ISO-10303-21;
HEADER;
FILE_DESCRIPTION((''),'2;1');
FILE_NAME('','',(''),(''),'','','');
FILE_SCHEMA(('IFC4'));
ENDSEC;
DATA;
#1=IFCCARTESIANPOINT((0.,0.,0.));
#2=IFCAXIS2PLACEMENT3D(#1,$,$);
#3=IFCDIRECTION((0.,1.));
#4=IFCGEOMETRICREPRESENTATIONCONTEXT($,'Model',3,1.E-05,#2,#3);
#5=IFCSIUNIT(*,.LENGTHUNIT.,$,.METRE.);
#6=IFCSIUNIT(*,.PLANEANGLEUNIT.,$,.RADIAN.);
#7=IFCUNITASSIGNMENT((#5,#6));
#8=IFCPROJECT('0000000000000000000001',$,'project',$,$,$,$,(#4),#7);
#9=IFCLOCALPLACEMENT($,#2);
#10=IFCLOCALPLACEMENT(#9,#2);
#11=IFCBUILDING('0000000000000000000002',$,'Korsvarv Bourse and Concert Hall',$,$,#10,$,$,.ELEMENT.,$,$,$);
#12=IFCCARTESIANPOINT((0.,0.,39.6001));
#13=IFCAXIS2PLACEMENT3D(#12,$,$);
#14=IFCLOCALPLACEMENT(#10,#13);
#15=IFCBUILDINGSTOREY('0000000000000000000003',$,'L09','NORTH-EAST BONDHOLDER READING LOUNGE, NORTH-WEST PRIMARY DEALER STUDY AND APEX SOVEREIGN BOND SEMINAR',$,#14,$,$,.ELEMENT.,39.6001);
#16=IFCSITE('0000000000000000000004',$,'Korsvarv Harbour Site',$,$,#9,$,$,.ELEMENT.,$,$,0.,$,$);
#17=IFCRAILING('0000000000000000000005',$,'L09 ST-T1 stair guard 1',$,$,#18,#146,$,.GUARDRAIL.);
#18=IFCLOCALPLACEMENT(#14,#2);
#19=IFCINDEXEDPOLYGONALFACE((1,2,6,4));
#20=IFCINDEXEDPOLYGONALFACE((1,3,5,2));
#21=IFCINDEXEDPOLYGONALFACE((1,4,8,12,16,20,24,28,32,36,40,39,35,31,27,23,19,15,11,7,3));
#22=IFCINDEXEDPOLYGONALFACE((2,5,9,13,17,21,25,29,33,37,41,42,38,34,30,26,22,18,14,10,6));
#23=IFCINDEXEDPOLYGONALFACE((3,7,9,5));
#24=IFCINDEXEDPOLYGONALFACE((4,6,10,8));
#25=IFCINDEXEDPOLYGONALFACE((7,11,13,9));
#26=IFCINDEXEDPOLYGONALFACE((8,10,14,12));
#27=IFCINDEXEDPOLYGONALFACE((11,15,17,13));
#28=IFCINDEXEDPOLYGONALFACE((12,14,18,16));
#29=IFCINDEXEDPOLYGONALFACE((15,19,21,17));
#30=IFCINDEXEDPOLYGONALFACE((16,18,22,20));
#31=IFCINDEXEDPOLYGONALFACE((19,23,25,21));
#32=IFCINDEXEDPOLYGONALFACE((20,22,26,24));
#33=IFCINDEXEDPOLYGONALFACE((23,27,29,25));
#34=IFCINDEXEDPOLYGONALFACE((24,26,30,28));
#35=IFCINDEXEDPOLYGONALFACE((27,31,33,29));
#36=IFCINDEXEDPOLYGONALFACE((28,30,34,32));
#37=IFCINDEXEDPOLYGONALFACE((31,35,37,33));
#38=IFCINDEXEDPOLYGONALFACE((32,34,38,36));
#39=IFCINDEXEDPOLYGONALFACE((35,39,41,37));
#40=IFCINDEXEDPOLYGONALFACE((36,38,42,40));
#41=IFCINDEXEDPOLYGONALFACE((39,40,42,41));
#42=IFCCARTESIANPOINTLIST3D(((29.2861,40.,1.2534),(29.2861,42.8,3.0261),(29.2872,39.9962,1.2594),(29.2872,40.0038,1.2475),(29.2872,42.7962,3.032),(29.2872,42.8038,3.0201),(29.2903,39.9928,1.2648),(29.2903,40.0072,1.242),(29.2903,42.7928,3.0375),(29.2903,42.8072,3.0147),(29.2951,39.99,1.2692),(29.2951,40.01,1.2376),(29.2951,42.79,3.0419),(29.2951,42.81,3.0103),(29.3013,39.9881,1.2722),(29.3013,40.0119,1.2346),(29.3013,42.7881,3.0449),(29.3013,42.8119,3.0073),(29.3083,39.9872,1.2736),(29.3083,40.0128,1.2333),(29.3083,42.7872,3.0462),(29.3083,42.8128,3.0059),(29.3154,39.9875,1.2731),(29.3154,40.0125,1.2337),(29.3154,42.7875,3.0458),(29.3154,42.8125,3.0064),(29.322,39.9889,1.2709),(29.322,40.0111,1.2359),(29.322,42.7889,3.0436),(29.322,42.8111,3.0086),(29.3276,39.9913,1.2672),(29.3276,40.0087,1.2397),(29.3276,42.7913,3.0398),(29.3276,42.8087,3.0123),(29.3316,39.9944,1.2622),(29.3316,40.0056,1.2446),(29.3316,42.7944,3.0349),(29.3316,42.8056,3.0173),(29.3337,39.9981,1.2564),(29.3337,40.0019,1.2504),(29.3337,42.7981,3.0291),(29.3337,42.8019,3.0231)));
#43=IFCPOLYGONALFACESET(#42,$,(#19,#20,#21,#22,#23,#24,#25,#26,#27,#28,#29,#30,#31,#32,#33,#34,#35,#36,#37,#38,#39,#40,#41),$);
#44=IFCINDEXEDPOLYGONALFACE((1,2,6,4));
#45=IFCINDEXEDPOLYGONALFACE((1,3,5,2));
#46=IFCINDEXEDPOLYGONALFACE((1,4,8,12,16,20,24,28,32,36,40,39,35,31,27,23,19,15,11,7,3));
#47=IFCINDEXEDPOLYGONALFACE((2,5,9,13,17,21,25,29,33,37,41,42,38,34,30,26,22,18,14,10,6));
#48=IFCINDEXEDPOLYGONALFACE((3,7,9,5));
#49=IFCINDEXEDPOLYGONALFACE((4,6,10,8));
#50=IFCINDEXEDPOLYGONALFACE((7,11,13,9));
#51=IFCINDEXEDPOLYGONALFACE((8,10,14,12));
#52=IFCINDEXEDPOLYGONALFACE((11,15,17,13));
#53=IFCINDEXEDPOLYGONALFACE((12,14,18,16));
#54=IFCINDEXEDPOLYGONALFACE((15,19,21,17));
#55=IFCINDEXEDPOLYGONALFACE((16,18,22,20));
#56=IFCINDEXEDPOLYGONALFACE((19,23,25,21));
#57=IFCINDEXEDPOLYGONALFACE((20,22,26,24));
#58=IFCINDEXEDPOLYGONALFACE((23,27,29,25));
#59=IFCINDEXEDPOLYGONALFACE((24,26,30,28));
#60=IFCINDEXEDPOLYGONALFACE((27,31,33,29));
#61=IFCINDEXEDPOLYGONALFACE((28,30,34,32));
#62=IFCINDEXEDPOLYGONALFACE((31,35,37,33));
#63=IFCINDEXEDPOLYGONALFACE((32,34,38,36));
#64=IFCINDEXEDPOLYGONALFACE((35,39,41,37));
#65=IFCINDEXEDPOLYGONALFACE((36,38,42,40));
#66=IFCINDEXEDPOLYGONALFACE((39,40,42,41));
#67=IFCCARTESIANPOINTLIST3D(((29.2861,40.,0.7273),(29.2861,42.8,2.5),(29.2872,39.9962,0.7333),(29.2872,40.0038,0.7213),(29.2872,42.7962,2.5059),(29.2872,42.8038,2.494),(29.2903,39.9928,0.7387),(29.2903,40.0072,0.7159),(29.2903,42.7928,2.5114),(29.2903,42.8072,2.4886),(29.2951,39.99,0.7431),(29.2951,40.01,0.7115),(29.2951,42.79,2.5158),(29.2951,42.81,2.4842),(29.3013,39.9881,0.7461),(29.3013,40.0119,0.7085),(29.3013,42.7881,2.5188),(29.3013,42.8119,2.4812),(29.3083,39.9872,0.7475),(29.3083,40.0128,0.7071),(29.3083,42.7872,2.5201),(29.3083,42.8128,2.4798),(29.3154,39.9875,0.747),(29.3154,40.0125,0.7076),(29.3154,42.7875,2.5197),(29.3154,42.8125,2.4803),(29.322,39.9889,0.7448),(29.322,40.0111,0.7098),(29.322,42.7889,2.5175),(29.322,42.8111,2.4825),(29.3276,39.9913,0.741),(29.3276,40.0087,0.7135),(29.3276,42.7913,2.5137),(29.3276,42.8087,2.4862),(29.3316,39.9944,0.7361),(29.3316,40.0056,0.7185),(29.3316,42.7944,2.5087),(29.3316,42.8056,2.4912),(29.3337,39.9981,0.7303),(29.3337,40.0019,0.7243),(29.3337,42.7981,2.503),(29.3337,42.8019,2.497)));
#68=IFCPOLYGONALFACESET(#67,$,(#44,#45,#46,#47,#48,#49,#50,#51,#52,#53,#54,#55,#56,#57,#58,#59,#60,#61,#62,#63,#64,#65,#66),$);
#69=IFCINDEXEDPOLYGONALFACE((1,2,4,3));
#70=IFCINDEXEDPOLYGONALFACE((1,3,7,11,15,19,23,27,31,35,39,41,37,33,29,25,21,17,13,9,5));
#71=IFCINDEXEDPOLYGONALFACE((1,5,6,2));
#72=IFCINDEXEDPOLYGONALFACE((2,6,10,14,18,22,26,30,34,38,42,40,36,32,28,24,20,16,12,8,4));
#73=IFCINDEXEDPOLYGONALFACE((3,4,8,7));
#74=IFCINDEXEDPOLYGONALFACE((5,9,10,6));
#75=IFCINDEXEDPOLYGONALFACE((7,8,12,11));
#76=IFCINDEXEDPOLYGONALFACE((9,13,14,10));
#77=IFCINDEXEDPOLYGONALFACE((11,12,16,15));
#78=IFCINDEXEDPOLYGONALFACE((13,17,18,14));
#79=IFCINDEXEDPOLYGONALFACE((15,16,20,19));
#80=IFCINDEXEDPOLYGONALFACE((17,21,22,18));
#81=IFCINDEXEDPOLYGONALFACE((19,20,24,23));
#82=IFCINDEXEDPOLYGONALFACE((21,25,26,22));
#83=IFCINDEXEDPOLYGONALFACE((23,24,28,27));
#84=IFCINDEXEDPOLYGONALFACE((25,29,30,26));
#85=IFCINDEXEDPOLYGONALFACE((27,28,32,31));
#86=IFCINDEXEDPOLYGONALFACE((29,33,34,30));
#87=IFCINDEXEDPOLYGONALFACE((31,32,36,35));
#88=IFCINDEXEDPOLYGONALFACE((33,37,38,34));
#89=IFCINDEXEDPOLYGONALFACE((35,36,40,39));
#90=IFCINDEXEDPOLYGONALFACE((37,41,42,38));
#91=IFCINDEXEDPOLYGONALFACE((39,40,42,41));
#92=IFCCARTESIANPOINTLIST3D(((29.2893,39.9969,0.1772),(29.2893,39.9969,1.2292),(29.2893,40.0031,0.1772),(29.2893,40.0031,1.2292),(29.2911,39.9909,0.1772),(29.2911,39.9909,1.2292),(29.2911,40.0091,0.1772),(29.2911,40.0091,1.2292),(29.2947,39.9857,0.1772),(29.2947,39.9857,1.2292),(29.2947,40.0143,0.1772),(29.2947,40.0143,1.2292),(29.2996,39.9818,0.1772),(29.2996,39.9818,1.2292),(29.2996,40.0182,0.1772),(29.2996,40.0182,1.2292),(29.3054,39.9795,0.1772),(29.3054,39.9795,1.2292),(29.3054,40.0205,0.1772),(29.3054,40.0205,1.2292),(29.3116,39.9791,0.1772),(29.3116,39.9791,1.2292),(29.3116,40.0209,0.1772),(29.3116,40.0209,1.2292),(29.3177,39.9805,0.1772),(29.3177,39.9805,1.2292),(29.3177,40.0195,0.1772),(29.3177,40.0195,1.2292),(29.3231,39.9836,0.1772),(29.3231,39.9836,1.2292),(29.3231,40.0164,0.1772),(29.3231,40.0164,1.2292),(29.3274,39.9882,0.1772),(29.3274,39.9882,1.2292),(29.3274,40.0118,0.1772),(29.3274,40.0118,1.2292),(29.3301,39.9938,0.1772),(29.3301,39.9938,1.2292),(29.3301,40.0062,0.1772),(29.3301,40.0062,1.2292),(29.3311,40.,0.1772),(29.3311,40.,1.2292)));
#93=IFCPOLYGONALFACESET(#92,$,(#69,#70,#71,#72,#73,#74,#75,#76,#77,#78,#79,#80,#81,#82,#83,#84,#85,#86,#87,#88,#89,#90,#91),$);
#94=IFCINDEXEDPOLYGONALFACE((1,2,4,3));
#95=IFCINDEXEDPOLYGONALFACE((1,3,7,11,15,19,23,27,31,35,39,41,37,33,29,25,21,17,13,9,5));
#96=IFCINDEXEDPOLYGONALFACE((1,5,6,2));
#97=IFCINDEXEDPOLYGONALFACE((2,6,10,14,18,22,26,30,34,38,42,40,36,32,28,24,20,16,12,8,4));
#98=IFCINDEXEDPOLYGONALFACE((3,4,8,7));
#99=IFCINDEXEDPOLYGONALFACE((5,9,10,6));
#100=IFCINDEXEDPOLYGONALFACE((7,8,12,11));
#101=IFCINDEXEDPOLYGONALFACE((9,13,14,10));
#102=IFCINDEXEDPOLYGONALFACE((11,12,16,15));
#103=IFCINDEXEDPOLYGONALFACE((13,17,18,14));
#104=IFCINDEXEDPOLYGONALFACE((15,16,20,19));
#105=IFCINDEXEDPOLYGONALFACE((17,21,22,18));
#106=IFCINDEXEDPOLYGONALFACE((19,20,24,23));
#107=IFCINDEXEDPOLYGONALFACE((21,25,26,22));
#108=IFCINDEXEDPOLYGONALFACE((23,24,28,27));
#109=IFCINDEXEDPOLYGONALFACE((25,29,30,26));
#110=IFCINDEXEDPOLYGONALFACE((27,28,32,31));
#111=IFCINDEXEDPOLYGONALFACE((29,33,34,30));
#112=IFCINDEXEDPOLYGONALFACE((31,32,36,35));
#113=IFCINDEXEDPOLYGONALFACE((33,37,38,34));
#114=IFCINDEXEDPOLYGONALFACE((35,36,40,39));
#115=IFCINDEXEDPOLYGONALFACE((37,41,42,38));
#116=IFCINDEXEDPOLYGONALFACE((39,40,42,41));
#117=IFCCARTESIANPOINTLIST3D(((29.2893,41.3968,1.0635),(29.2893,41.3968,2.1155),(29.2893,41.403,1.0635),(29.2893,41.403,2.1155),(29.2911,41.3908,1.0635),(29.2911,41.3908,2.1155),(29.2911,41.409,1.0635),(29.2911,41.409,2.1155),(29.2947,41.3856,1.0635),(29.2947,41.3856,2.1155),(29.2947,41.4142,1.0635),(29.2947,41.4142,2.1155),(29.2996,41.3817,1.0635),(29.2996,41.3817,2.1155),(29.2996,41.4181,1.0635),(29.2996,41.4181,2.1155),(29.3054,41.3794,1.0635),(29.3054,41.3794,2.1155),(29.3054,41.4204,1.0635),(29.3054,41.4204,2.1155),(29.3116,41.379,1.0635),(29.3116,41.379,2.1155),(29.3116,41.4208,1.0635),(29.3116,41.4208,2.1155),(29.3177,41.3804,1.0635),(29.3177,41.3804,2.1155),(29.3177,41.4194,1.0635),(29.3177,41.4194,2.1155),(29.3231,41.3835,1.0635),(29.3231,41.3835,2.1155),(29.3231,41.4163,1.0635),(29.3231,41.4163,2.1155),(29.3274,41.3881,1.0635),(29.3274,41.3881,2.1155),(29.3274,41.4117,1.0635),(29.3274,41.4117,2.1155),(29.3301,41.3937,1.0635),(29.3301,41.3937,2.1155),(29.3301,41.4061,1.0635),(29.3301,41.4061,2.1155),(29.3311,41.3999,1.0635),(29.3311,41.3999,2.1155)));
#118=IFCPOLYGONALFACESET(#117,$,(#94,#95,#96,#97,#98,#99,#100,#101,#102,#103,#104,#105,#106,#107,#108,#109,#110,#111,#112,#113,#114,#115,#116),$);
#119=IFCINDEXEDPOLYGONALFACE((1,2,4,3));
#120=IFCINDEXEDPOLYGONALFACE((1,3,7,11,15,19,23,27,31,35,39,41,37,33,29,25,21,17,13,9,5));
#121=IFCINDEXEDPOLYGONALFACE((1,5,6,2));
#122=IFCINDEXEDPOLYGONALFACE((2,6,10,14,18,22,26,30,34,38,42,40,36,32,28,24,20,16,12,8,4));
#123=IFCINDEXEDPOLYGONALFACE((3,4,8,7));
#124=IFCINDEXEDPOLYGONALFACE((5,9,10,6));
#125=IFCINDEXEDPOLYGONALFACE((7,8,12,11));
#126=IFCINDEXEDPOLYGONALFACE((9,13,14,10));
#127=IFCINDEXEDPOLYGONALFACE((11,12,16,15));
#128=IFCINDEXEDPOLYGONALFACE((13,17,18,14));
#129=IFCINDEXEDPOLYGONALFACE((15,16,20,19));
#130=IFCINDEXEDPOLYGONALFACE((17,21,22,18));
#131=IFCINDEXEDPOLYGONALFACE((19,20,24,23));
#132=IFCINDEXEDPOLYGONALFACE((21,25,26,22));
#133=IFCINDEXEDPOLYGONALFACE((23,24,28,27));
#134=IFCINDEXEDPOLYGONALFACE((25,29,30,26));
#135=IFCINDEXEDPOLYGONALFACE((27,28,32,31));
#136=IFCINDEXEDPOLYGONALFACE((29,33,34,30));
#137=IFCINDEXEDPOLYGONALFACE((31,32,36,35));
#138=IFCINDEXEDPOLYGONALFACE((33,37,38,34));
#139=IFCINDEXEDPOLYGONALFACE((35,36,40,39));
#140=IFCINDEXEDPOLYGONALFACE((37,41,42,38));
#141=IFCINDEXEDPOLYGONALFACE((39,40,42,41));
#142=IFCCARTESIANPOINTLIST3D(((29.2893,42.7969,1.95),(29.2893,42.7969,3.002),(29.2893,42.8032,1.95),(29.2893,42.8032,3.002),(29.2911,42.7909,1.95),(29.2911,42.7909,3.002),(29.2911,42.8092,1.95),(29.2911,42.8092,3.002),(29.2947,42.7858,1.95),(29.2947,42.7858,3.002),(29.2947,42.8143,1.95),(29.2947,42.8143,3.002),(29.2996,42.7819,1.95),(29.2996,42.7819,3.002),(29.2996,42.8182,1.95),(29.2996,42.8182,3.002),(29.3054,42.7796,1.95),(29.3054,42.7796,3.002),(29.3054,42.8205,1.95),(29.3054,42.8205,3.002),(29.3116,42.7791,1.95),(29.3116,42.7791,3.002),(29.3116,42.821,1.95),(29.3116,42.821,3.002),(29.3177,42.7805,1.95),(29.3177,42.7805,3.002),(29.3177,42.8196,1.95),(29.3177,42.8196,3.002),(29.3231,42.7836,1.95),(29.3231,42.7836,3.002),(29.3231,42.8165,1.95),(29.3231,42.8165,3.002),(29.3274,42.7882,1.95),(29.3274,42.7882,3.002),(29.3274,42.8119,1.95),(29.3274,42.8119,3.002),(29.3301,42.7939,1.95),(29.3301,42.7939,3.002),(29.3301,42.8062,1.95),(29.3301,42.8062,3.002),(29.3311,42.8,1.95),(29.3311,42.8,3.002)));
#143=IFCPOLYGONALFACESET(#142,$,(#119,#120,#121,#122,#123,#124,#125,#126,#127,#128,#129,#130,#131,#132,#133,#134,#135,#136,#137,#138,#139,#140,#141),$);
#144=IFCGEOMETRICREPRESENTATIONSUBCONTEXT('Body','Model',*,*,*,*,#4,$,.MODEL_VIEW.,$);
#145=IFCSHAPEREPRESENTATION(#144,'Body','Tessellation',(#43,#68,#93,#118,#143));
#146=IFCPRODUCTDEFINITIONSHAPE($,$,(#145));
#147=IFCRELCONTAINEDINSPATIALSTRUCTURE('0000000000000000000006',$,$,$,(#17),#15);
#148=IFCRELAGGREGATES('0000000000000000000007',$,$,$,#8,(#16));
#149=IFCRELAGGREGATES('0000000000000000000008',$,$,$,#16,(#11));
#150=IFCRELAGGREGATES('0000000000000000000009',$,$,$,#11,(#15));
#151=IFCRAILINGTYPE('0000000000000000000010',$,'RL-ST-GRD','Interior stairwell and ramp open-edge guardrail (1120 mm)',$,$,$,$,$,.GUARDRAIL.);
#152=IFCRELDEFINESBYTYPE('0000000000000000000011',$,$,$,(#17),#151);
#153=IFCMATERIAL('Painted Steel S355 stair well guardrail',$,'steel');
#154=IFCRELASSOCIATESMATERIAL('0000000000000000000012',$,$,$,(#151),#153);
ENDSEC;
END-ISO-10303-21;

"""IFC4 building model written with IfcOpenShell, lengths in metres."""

from ifc_helpers import new_model, si_unit, direction, frame, origin, origin_2d, place, context, subcontext, project, spatial, circle, extrude, material, type_object, element, save


model = new_model("IFC4")

# Units and contexts
model_context = context("Model", 3, precision=1e-05, world=origin(), true_north=direction((0.0, 1.0)))
body_context = subcontext(model_context, "Body", "Model", "MODEL_VIEW")
ifc_project = project(units=[si_unit("LENGTHUNIT", "METRE"), si_unit("PLANEANGLEUNIT", "RADIAN")], contexts=[model_context])

# Site, building, storey
site_placement = place(None, origin())
site = spatial("IfcSite", under=ifc_project, at=site_placement, Name="Korsvarv Harbour Site", CompositionType="ELEMENT", RefElevation=0.0)
building_placement = place(site_placement, origin())
building = spatial("IfcBuilding", under=site, at=building_placement, Name="Korsvarv Bourse and Concert Hall", CompositionType="ELEMENT")
storey_placement = place(building_placement, frame((0.0, 0.0, 39.6001)))
storey = spatial("IfcBuildingStorey", under=building, at=storey_placement, Name="L09", Description="NORTH-EAST BONDHOLDER READING LOUNGE, NORTH-WEST PRIMARY DEALER STUDY AND APEX SOVEREIGN BOND SEMINAR", CompositionType="ELEMENT", Elevation=39.6001)

# Railing
ifc_material_1 = material(Name="Painted Steel S355 stair well guardrail", Category="steel")
railing_type_1 = type_object("IfcRailingType", Name="RL-ST-GRD", Description="Interior stairwell and ramp open-edge guardrail (1120 mm)", PredefinedType="GUARDRAIL", material=ifc_material_1)
railing_1_placement = place(storey_placement, frame((29.3101, 40.0, 0.1772)))
element("IfcRailing", 1, at=railing_1_placement, inside=storey, type_object=railing_type_1, Name="L09 ST-T1 stair guard 1", PredefinedType="GUARDRAIL", context=body_context, shape_type="SweptSolid", body=[
    extrude(circle(Radius=0.0239, at=origin_2d()), frame((0.0, 0.0, 1.0762), z_axis=(0.0, 0.844909, 0.53491), x_axis=(-1.0, 0.0, 0.0)), (0.0, 0.0, 1.0), 3.314),
    extrude(circle(Radius=0.0239, at=origin_2d()), frame((0.0, 0.0, 0.55), z_axis=(0.0, 0.844909, 0.53491), x_axis=(-1.0, 0.0, 0.0)), (0.0, 0.0, 1.0), 3.314),
    extrude(circle(Radius=0.021, at=origin_2d()), origin(), (0.0, 0.0, 1.0), 1.052),
    extrude(circle(Radius=0.021, at=origin_2d()), frame((0.0, 1.3999, 0.8862)), (0.0, 0.0, 1.0), 1.052),
    extrude(circle(Radius=0.021, at=origin_2d()), frame((0.0, 2.8, 1.7727)), (0.0, 0.0, 1.0), 1.052),
])

save(model, "model.ifc")
